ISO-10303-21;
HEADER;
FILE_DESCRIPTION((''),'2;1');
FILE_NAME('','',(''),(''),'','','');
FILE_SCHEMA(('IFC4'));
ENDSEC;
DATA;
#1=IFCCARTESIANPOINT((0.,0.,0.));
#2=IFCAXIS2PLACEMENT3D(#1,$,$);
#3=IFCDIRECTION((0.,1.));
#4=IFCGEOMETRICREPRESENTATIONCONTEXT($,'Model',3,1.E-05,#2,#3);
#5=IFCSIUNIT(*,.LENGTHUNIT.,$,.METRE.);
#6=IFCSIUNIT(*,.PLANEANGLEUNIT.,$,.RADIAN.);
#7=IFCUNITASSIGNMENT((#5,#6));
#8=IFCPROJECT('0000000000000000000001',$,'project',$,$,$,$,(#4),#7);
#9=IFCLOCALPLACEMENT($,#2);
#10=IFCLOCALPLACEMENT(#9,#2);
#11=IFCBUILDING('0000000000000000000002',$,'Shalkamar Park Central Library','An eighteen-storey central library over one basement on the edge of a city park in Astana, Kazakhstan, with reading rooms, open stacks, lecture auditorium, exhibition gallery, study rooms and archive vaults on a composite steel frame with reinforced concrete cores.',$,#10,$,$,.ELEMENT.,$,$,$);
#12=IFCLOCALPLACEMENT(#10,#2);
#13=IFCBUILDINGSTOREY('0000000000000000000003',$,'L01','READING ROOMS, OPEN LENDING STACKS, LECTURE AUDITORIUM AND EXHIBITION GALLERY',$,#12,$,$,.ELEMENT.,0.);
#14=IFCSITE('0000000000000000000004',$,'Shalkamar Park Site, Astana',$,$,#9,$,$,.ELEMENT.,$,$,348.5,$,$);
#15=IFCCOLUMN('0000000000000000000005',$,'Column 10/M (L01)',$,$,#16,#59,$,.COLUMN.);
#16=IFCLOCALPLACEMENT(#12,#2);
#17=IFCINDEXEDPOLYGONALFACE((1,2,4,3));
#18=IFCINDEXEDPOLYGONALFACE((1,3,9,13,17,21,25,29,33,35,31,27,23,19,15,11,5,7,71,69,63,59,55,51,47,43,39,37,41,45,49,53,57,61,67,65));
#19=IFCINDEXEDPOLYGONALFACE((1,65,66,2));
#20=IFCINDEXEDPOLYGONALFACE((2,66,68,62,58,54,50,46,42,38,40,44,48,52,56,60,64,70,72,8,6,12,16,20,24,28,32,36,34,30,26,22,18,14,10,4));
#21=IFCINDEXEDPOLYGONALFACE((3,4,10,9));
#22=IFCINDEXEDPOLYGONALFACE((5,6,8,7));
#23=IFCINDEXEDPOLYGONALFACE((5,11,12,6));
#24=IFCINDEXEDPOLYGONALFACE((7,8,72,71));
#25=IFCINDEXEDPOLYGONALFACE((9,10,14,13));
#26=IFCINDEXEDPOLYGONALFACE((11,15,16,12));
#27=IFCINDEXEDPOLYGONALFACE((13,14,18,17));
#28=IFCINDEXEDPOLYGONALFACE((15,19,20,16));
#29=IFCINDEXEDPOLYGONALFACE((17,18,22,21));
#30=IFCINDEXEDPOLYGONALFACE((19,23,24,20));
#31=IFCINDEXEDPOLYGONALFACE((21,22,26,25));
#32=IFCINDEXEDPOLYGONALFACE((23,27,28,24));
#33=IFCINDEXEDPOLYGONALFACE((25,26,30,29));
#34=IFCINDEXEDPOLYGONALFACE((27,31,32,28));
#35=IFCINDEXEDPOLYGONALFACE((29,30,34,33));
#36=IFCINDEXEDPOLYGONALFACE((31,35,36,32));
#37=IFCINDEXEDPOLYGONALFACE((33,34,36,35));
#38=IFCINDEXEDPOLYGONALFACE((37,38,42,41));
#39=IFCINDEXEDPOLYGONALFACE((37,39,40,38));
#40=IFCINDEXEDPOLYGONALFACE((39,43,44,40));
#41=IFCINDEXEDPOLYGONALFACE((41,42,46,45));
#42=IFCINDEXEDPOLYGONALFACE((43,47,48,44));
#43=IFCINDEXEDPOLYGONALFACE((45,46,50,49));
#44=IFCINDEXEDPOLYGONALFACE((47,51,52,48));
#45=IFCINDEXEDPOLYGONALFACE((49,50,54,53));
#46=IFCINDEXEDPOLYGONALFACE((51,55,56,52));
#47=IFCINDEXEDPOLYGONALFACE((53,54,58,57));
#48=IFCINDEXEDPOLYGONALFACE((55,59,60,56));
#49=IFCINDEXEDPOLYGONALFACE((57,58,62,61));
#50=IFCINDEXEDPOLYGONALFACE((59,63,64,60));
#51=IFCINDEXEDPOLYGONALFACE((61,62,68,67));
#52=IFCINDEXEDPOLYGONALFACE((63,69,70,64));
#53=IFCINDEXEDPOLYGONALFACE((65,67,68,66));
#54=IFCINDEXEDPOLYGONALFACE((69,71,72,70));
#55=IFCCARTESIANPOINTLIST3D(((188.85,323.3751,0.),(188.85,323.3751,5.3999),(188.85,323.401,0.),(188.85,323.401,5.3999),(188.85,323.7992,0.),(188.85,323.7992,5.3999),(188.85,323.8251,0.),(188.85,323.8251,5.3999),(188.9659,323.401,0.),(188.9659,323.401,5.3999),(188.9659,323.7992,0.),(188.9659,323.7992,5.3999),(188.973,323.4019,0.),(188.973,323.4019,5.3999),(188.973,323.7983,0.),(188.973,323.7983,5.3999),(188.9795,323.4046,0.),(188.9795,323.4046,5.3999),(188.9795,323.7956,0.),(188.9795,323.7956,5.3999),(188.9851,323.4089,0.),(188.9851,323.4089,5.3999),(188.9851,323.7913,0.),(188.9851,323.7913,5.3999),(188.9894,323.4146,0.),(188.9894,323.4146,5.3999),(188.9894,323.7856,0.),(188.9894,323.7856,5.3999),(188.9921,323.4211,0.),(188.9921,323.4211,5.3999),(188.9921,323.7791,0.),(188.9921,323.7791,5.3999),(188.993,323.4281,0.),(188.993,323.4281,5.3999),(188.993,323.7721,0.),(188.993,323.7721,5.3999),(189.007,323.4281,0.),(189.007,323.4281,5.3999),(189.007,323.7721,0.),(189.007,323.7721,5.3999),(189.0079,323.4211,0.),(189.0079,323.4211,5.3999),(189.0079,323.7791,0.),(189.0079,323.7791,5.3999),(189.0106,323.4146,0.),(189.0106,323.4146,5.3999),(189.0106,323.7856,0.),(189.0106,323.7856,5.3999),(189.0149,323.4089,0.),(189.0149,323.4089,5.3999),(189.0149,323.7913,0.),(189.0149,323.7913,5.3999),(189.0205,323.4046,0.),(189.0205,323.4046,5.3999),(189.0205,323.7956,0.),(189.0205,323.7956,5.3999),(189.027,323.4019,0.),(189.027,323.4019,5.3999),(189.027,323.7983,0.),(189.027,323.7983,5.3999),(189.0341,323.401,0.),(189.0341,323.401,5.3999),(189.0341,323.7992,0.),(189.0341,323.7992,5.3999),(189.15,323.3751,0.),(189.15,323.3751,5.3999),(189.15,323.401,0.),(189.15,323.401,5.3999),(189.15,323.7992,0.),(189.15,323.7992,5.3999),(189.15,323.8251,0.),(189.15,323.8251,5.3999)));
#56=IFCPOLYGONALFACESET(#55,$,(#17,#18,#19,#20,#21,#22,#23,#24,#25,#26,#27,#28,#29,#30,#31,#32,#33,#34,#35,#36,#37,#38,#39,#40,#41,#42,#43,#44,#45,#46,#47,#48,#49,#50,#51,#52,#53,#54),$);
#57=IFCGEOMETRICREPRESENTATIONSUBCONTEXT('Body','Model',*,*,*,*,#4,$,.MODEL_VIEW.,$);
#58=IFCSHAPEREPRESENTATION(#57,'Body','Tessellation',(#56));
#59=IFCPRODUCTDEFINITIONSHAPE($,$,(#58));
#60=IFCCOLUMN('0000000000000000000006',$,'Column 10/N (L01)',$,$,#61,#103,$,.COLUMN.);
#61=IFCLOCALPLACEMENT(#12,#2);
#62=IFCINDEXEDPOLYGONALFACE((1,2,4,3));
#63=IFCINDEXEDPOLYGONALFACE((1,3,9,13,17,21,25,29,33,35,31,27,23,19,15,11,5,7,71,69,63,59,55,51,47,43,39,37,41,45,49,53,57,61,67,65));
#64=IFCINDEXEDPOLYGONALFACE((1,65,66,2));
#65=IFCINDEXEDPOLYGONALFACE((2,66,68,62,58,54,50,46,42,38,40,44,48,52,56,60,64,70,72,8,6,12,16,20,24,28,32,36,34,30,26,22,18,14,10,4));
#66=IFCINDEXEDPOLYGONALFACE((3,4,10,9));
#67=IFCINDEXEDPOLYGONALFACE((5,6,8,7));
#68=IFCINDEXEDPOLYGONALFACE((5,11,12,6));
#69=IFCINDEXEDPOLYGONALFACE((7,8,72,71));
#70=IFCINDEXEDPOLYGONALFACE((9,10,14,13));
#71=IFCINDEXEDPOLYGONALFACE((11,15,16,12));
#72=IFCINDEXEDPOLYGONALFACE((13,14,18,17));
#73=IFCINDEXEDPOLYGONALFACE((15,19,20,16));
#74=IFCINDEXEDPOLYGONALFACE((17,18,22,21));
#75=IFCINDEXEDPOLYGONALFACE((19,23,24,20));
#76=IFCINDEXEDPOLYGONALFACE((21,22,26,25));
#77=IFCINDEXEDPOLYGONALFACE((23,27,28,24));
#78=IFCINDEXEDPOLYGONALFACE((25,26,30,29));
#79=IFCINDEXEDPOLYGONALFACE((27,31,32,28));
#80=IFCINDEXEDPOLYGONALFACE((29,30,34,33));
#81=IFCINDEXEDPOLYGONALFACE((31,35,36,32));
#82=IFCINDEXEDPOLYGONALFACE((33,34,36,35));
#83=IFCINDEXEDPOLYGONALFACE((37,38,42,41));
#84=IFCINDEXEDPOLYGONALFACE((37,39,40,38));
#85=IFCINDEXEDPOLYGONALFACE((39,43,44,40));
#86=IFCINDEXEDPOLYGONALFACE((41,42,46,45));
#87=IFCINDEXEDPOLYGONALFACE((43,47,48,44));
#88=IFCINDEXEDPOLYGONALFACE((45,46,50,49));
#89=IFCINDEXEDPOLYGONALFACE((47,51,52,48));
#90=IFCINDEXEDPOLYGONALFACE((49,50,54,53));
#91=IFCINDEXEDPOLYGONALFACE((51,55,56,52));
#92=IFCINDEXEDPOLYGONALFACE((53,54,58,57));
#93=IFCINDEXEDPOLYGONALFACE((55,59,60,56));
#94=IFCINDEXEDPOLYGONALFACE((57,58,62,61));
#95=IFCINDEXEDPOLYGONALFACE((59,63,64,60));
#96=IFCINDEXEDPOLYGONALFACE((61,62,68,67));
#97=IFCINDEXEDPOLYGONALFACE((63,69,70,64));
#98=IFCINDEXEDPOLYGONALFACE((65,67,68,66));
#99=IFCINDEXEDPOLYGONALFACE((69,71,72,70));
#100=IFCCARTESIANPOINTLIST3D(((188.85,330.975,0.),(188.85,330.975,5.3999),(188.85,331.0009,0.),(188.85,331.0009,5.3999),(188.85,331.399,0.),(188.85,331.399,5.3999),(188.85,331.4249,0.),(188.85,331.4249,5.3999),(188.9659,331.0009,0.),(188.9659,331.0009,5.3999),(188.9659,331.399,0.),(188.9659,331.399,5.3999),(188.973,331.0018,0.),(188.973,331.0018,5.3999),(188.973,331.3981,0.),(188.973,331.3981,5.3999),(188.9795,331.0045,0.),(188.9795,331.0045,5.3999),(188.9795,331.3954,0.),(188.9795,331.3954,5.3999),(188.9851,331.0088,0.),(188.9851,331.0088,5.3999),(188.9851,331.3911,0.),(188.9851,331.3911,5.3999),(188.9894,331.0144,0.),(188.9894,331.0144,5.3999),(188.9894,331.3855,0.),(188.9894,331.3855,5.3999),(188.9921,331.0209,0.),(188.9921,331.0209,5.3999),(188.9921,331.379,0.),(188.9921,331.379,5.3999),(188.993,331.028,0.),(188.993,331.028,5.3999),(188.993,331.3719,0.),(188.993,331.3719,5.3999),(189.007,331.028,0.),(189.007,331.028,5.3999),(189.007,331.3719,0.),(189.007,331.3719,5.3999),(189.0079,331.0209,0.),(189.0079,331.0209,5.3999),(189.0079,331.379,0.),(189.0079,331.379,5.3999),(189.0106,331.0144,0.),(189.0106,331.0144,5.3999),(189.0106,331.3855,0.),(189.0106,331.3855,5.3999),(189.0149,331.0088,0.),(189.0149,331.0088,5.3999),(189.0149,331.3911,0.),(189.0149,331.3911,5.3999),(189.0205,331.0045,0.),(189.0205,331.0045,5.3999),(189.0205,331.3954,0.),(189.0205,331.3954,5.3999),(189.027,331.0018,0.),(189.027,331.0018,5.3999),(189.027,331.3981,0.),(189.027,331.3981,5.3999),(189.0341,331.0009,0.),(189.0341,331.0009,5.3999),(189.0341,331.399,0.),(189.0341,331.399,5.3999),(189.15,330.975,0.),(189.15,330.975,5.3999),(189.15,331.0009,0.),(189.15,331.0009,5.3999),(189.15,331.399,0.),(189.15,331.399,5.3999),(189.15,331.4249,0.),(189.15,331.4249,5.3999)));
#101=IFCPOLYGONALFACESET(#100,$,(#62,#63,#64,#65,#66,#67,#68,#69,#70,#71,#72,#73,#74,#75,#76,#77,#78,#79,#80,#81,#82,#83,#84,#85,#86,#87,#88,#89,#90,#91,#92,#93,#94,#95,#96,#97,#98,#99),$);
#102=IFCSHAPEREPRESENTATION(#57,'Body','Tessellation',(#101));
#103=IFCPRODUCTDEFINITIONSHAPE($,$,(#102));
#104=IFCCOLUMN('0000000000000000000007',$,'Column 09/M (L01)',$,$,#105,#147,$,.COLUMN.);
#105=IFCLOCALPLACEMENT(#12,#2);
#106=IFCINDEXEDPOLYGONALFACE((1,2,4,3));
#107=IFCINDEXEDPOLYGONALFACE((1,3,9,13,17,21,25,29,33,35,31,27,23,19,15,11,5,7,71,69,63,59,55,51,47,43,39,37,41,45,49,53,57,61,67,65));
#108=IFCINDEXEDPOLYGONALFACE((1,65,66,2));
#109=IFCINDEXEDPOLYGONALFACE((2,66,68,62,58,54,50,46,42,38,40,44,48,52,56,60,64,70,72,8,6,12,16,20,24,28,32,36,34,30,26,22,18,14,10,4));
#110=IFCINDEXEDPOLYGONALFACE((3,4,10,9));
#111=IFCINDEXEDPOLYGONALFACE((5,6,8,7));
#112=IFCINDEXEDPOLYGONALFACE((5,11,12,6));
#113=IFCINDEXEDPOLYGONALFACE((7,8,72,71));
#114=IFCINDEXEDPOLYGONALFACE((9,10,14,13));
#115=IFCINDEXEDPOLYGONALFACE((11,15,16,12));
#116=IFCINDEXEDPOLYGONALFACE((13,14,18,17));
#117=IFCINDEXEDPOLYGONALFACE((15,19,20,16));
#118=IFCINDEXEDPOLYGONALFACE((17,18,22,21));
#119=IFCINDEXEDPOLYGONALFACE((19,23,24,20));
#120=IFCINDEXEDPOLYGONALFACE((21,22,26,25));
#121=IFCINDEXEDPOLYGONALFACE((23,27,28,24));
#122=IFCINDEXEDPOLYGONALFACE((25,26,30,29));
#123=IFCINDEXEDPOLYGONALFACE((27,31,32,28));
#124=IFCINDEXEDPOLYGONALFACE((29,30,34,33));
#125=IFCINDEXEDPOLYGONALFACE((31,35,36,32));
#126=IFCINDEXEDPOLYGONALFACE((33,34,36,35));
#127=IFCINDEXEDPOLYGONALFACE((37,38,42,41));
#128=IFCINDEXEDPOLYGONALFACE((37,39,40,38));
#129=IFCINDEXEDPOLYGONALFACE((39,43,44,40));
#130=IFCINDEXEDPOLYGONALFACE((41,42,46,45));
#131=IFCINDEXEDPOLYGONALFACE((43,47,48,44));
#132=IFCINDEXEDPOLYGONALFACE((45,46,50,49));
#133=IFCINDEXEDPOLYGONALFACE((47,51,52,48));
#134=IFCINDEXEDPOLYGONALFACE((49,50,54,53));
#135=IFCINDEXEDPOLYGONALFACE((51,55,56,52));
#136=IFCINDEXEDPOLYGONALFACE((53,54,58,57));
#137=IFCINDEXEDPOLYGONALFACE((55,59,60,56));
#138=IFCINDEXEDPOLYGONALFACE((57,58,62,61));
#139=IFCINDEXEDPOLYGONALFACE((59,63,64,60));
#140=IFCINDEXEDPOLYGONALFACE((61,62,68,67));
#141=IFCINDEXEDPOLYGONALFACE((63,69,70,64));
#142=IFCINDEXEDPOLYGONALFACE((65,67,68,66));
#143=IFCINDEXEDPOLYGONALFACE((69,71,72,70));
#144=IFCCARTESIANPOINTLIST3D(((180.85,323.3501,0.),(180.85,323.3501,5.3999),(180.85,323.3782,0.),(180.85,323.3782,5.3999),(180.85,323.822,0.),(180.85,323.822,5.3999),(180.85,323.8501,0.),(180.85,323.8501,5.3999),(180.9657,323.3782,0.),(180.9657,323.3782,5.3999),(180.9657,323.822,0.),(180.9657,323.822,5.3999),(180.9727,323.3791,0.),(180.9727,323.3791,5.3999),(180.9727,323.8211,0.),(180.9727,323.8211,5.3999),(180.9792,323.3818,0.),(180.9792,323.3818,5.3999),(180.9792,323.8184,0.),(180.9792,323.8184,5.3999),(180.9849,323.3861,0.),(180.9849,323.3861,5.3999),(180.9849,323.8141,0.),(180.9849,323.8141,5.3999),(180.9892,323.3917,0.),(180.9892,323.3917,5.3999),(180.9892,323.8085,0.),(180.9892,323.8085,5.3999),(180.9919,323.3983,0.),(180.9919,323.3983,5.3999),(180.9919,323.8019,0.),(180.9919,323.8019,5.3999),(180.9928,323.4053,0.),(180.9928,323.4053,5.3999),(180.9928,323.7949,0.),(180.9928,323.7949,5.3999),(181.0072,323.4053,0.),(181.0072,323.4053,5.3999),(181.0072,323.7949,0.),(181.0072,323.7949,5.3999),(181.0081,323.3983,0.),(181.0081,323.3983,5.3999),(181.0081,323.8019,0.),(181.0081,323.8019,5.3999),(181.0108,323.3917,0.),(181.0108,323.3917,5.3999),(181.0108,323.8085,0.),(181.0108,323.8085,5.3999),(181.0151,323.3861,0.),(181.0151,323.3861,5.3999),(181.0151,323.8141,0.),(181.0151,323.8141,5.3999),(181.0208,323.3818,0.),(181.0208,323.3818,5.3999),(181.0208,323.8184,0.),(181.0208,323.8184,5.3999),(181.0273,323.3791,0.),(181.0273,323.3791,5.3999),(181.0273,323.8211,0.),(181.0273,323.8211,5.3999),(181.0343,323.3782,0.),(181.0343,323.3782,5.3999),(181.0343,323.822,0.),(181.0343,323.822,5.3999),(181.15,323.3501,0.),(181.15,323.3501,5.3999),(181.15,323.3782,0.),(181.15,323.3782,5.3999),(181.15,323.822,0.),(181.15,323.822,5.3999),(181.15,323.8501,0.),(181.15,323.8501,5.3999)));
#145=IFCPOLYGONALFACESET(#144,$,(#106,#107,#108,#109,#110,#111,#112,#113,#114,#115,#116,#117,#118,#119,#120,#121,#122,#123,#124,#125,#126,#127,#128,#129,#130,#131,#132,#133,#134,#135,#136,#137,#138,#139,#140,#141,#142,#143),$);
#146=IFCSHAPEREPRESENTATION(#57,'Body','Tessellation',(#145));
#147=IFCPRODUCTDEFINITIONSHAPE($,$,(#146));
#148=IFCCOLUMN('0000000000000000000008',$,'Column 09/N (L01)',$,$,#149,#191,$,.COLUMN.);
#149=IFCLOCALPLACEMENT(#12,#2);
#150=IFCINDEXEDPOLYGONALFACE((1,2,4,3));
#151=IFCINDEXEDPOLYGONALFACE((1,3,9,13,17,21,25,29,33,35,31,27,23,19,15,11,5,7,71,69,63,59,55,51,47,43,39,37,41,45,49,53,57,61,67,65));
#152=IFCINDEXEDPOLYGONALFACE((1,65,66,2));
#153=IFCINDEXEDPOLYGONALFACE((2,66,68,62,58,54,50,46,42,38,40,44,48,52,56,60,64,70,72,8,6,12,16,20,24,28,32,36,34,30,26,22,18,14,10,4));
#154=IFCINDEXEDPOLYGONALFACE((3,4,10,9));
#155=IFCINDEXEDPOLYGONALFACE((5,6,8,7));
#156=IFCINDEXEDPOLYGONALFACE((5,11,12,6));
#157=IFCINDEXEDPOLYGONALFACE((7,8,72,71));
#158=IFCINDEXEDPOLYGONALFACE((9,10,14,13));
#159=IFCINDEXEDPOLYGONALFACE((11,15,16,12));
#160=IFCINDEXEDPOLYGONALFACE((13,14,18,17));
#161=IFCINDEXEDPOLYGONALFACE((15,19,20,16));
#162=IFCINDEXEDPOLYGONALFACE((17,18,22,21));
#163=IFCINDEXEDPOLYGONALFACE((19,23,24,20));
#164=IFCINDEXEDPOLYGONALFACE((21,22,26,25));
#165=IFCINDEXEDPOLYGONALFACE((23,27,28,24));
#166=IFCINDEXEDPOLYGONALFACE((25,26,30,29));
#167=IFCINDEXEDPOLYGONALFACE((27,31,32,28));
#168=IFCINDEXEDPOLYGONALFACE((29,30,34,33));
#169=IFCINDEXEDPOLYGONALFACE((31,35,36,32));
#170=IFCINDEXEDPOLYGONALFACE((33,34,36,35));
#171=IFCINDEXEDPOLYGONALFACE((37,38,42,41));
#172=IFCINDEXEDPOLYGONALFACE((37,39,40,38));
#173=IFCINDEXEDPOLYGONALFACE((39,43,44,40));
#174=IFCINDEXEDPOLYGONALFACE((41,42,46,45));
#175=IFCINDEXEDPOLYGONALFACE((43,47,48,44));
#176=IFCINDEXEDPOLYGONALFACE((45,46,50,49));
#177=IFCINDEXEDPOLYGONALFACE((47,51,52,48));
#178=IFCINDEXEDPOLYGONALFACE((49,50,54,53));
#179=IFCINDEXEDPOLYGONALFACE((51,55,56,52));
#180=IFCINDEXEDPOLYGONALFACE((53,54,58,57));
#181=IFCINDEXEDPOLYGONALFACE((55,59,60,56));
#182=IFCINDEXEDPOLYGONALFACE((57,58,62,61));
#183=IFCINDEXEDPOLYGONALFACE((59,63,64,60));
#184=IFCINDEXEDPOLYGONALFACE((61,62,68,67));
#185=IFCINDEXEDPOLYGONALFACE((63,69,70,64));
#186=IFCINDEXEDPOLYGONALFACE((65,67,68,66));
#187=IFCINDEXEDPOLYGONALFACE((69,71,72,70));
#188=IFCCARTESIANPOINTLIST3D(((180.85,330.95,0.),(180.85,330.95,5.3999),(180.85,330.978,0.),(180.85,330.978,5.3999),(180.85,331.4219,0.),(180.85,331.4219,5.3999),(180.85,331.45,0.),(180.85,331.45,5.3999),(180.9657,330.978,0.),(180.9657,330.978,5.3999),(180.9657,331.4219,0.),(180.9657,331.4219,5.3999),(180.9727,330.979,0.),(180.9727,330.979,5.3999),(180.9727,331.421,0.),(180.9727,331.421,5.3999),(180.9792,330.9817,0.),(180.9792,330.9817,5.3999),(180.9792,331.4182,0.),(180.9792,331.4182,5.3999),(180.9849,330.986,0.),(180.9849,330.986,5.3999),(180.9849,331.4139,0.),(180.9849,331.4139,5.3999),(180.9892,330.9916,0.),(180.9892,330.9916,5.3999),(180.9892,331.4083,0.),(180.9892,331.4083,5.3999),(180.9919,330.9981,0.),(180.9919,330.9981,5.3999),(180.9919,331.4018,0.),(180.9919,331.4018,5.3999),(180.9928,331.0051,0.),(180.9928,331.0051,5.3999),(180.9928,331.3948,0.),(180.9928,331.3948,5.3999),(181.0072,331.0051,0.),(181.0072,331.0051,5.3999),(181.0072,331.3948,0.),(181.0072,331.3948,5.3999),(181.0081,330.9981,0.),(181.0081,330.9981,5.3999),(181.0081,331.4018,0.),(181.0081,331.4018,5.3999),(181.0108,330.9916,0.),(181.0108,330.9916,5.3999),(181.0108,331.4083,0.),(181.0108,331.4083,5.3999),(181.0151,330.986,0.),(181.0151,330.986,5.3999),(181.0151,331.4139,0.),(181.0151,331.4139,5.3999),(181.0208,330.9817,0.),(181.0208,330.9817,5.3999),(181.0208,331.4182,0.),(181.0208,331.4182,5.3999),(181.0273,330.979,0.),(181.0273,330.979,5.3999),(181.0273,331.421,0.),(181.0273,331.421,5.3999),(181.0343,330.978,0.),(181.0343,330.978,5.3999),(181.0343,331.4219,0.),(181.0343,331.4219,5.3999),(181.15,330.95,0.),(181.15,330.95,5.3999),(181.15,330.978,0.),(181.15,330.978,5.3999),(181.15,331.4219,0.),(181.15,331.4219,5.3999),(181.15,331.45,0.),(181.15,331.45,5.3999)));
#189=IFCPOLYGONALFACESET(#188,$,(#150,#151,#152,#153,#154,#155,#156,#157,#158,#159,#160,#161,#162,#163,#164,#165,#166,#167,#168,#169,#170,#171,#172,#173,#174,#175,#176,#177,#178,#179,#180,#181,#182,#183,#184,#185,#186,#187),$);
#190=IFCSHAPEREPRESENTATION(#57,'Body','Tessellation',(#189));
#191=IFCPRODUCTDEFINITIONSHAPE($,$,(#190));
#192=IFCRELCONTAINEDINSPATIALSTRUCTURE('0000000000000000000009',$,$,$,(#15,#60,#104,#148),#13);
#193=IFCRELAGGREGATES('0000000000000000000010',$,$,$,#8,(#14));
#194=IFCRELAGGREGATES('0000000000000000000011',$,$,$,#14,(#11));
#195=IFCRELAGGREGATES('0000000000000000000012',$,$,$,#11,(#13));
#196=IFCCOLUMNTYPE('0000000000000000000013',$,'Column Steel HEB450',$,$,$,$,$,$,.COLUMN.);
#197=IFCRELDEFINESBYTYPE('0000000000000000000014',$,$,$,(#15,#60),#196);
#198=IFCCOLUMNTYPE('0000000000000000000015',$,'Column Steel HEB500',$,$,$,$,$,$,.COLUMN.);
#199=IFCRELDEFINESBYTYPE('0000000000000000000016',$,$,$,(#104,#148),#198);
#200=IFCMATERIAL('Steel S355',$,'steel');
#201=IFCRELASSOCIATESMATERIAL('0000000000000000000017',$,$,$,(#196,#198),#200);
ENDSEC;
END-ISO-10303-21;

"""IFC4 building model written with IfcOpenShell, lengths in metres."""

from ifc_helpers import new_model, si_unit, direction, frame, origin, origin_2d, place, context, subcontext, project, spatial, i_section, extrude, material, material_profile, profile_set, type_object, element, save


model = new_model("IFC4")

# Units and contexts
model_context = context("Model", 3, precision=1e-05, world=origin(), true_north=direction((0.0, 1.0)))
body_context = subcontext(model_context, "Body", "Model", "MODEL_VIEW")
ifc_project = project(units=[si_unit("LENGTHUNIT", "METRE"), si_unit("PLANEANGLEUNIT", "RADIAN")], contexts=[model_context])

# Site, building, storey
site_placement = place(None, origin())
site = spatial("IfcSite", under=ifc_project, at=site_placement, Name="Shalkamar Park Site, Astana", CompositionType="ELEMENT", RefElevation=348.5)
building_placement = place(site_placement, origin())
building = spatial("IfcBuilding", under=site, at=building_placement, Name="Shalkamar Park Central Library", Description="An eighteen-storey central library over one basement on the edge of a city park in Astana, Kazakhstan, with reading rooms, open stacks, lecture auditorium, exhibition gallery, study rooms and archive vaults on a composite steel frame with reinforced concrete cores.", CompositionType="ELEMENT")
storey_placement = place(building_placement, origin())
storey = spatial("IfcBuildingStorey", under=building, at=storey_placement, Name="L01", Description="READING ROOMS, OPEN LENDING STACKS, LECTURE AUDITORIUM AND EXHIBITION GALLERY", CompositionType="ELEMENT", Elevation=0.0)

# Columns
ifc_material_1 = material(Name="Steel S355", Category="steel")
ifc_material_profile_1 = material_profile(ifc_material_1, i_section(OverallWidth=0.3, OverallDepth=0.45, WebThickness=0.0139, FlangeThickness=0.0259, FilletRadius=0.0271, at=origin_2d()), Name="HEB 450")
ifc_profile_set_1 = profile_set([ifc_material_profile_1], Name="Steel S355")
column_type_1 = type_object("IfcColumnType", Name="Column Steel HEB450", PredefinedType="COLUMN", material=ifc_profile_set_1)
for number, where, z_axis, x_axis, name in (
    (1, (189.0, 323.6001, 0.0), (0.0, 0.0, 1.0), (1.0, 0.0, 0.0), "Column 10/M (L01)"),
    (2, (189.0, 331.2, 0.0), (0.0, 0.0, 1.0), (1.0, 0.0, 0.0), "Column 10/N (L01)"),
):
    element("IfcColumn", number, at=place(storey_placement, frame(where, z_axis=z_axis, x_axis=x_axis)), inside=storey, type_object=column_type_1, Name=name, PredefinedType="COLUMN", context=body_context, shape_type="SweptSolid", body=[
        extrude(i_section(OverallWidth=0.3, OverallDepth=0.45, WebThickness=0.0139, FlangeThickness=0.0259, FilletRadius=0.0271, at=origin_2d()), origin(), (0.0, 0.0, 1.0), 5.3999),
    ])
ifc_material_profile_2 = material_profile(ifc_material_1, i_section(OverallWidth=0.3, OverallDepth=0.5, WebThickness=0.0144, FlangeThickness=0.0281, FilletRadius=0.0271, at=origin_2d()), Name="HEB 500")
ifc_profile_set_2 = profile_set([ifc_material_profile_2], Name="Steel S355")
column_type_2 = type_object("IfcColumnType", Name="Column Steel HEB500", PredefinedType="COLUMN", material=ifc_profile_set_2)
for number, where, z_axis, x_axis, name in (
    (3, (181.0, 323.6001, 0.0), (0.0, 0.0, 1.0), (1.0, 0.0, 0.0), "Column 09/M (L01)"),
    (4, (181.0, 331.2, 0.0), (0.0, 0.0, 1.0), (1.0, 0.0, 0.0), "Column 09/N (L01)"),
):
    element("IfcColumn", number, at=place(storey_placement, frame(where, z_axis=z_axis, x_axis=x_axis)), inside=storey, type_object=column_type_2, Name=name, PredefinedType="COLUMN", context=body_context, shape_type="SweptSolid", body=[
        extrude(i_section(OverallWidth=0.3, OverallDepth=0.5, WebThickness=0.0144, FlangeThickness=0.0281, FilletRadius=0.0271, at=origin_2d()), origin(), (0.0, 0.0, 1.0), 5.3999),
    ])

save(model, "model.ifc")
